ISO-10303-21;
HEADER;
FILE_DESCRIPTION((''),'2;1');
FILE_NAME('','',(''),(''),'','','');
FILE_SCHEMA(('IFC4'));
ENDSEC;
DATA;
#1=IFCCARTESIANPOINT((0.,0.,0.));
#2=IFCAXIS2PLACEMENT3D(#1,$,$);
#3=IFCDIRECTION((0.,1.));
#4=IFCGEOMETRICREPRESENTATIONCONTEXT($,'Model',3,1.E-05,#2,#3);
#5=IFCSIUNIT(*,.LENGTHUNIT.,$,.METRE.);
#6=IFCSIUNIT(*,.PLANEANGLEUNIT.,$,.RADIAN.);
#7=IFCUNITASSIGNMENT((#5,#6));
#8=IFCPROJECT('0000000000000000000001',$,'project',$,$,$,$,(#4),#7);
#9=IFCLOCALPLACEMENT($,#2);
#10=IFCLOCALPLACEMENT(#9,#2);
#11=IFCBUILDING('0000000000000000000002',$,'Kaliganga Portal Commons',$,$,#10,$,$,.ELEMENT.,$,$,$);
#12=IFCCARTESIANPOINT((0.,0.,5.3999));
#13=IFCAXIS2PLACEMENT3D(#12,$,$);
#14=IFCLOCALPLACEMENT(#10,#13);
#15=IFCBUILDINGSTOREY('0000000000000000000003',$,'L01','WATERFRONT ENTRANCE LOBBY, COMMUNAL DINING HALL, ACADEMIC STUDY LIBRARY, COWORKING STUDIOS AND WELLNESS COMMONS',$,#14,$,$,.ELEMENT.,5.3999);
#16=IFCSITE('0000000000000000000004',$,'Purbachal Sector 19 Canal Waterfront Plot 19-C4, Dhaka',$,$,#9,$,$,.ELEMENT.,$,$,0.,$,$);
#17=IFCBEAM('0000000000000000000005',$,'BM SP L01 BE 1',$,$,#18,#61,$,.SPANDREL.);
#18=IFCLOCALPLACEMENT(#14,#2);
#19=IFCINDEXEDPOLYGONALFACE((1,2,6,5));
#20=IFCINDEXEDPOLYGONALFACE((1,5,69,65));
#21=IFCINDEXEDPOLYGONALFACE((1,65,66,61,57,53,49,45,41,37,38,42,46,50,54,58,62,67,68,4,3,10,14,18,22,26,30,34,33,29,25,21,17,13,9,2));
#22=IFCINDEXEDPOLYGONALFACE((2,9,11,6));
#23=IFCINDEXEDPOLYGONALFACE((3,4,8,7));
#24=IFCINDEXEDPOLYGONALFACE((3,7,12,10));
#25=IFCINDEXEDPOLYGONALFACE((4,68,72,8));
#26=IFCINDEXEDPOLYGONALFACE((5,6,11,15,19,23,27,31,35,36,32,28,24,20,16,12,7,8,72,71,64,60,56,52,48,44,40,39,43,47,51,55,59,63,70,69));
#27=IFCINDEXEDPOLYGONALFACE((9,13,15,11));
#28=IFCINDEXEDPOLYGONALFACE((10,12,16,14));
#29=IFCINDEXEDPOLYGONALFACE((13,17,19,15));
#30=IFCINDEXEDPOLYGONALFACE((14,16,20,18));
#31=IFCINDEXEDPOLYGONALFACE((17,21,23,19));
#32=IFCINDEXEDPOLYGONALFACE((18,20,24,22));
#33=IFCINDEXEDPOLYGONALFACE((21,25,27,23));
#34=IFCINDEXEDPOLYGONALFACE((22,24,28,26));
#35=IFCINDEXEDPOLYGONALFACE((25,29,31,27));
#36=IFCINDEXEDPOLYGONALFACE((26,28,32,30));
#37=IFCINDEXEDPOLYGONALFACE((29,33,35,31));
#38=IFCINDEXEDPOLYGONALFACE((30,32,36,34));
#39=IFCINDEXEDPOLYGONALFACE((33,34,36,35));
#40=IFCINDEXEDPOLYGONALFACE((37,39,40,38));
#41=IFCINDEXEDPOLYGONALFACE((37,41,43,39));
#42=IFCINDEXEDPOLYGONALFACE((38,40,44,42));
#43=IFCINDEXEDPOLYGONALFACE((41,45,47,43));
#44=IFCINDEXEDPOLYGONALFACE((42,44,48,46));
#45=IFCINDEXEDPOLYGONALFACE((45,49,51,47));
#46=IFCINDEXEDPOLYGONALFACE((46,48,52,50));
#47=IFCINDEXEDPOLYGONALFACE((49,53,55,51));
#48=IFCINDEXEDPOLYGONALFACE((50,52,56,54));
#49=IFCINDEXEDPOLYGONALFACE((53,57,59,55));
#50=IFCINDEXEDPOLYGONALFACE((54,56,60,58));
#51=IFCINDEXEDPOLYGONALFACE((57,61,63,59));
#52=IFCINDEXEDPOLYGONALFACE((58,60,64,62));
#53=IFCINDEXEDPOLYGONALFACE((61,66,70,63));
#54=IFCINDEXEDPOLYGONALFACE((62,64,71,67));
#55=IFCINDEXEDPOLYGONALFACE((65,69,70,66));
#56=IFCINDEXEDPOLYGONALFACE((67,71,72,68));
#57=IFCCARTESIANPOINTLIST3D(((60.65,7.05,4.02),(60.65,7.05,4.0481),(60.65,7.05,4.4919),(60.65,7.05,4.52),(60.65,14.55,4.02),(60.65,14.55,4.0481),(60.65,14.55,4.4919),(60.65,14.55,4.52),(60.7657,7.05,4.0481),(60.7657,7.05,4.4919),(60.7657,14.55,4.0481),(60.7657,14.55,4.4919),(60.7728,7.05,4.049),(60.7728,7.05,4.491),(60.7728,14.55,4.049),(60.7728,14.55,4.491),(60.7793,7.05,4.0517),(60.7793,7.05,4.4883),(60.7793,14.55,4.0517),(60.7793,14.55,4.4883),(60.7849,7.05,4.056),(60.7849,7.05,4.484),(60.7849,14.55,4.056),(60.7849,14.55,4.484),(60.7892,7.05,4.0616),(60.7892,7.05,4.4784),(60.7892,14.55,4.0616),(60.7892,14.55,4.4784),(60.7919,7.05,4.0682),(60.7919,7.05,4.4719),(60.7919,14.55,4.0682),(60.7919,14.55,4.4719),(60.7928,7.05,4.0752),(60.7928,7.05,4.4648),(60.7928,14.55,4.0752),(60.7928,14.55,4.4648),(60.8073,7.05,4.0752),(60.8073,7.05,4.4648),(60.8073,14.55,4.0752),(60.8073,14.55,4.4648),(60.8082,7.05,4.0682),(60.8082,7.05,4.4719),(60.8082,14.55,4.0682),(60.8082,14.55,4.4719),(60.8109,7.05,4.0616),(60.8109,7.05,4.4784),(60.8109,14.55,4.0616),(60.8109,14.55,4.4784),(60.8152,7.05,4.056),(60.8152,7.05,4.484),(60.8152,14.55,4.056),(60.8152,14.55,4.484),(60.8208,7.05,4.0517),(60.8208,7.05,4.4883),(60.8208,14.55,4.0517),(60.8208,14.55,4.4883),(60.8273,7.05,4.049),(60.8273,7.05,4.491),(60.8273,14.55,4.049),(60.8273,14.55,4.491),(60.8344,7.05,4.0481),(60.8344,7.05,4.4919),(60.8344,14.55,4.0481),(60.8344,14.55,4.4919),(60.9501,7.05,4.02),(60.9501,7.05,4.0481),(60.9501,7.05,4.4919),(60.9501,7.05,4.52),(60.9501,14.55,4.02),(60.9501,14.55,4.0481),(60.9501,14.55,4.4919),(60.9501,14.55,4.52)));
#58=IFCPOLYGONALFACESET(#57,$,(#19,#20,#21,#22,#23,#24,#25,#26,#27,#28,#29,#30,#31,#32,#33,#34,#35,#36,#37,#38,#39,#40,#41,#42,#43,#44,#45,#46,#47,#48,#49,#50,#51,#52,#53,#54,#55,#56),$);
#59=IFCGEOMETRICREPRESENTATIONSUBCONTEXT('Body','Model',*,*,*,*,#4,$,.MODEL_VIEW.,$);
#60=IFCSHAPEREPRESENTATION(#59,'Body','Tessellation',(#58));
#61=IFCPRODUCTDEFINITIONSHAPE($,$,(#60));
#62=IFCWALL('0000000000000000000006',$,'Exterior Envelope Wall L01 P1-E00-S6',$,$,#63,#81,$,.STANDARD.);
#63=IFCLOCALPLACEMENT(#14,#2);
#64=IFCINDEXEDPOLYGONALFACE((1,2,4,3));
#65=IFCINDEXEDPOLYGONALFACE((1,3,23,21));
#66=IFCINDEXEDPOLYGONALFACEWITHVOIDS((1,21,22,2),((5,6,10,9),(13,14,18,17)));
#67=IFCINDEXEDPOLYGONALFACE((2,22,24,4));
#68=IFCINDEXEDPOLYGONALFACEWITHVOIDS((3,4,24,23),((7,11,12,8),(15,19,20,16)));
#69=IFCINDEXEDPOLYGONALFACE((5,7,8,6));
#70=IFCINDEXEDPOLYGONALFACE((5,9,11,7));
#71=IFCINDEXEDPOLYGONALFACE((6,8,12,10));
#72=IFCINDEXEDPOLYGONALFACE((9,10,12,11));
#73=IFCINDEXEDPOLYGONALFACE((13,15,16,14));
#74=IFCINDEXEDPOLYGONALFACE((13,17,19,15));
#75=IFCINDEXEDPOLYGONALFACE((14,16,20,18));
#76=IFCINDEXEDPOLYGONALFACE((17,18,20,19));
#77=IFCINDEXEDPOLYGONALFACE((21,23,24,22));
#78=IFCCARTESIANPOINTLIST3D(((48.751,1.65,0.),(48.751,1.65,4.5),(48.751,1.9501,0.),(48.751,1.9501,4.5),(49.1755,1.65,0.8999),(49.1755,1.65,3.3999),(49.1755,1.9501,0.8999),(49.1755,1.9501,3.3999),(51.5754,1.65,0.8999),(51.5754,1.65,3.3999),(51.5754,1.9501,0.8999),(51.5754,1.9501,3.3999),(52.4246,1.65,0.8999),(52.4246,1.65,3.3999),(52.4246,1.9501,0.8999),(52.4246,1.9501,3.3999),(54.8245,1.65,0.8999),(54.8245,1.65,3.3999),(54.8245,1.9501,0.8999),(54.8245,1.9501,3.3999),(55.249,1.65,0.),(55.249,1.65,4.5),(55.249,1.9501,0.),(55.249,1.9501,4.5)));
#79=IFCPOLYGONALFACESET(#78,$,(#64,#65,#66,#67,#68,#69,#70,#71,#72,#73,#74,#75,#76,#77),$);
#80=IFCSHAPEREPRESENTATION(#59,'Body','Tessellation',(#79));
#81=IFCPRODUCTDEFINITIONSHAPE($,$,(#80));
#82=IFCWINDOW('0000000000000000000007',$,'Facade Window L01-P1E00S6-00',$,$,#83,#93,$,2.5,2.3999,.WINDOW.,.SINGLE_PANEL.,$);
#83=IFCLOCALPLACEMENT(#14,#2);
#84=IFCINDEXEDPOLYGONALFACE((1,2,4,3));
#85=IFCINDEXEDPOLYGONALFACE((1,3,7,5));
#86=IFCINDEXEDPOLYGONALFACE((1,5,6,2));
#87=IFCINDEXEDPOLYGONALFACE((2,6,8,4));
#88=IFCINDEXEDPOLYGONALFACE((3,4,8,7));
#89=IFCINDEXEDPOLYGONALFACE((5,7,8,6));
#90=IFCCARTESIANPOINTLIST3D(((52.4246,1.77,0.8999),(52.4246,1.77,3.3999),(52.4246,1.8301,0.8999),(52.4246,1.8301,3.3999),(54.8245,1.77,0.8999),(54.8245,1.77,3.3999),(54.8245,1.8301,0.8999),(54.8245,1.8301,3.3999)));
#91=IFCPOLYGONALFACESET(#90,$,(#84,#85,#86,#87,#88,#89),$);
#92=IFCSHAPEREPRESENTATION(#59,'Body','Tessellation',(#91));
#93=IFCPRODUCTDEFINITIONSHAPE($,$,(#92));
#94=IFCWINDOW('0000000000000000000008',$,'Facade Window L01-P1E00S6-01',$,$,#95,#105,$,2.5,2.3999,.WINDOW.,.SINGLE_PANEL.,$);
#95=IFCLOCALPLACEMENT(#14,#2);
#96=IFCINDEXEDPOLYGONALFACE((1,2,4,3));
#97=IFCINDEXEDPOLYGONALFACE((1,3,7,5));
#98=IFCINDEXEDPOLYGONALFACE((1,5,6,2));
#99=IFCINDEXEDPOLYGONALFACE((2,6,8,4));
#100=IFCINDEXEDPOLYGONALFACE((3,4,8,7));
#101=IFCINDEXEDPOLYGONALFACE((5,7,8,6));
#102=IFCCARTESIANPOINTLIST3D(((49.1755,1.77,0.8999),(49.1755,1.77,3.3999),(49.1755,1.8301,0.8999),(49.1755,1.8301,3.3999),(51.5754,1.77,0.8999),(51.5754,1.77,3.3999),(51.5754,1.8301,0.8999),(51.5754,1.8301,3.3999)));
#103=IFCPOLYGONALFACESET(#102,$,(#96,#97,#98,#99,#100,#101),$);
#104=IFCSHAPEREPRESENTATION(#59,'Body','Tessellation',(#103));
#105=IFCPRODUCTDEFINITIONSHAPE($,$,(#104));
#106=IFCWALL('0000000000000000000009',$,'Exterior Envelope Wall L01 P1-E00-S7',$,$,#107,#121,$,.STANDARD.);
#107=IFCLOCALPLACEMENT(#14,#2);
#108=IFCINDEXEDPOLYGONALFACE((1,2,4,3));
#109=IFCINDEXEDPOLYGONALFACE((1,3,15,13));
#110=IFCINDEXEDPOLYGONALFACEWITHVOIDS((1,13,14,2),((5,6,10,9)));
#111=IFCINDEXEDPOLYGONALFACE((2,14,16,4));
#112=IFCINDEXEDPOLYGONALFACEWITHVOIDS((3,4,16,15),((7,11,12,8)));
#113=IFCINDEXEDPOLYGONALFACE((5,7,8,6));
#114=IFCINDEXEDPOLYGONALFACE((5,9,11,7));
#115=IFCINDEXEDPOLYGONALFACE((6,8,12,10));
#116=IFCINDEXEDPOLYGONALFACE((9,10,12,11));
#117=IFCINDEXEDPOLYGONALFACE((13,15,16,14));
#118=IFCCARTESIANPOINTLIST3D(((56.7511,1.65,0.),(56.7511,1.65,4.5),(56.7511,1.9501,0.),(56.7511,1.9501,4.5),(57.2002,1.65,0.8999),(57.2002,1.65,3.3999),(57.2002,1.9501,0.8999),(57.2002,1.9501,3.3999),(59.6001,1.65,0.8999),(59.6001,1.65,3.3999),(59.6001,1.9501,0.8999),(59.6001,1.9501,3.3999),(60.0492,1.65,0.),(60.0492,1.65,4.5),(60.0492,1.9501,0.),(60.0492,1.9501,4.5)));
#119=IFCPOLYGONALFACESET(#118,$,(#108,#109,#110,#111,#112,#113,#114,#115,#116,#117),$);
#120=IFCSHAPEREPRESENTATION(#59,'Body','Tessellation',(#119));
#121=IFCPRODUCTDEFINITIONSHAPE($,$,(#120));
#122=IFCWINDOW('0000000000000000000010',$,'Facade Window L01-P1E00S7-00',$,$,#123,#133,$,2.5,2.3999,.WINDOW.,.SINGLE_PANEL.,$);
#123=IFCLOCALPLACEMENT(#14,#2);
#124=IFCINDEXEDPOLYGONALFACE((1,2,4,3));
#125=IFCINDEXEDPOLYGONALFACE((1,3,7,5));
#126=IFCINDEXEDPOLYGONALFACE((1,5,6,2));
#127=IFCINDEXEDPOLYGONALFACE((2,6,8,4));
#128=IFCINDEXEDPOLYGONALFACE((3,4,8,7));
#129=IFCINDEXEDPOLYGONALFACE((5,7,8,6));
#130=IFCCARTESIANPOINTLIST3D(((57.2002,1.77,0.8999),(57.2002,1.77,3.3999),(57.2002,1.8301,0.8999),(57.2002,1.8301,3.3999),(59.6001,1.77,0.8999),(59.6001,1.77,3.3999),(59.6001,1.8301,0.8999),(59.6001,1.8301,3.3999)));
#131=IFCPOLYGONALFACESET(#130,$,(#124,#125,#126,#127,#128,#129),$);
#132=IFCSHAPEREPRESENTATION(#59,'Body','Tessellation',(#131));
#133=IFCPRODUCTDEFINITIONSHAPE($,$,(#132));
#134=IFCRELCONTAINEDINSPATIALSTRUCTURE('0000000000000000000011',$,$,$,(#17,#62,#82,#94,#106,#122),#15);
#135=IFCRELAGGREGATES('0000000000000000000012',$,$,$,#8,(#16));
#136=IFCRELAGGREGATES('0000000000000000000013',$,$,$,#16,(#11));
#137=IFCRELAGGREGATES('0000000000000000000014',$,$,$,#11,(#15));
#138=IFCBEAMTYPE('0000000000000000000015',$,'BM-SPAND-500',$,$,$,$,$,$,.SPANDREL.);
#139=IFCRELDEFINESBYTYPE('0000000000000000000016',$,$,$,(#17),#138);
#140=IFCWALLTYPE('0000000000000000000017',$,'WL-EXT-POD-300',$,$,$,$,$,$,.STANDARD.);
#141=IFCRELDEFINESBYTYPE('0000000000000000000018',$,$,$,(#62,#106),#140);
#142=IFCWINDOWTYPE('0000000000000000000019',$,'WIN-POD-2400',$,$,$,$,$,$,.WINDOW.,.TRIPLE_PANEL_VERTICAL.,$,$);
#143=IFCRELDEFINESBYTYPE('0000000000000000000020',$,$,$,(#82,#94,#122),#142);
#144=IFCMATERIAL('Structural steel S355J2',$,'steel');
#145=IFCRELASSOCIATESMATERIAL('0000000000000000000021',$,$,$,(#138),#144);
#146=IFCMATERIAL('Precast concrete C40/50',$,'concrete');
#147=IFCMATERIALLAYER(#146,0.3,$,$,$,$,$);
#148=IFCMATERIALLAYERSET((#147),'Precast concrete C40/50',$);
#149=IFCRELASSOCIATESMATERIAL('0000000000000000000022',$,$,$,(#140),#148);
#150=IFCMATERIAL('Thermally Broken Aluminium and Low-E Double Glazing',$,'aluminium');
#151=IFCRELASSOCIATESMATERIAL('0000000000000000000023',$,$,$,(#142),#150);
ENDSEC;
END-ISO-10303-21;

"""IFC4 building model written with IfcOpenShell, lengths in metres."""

from ifc_helpers import new_model, si_unit, direction, frame, frame_2d, origin, origin_2d, place, context, subcontext, project, spatial, rectangle, i_section, extrude, source, transform, mapped, material, layer, layer_set, material_profile, profile_set, type_object, element, fill, save


model = new_model("IFC4")

# Units and contexts
model_context = context("Model", 3, precision=1e-05, world=origin(), true_north=direction((0.0, 1.0)))
body_context = subcontext(model_context, "Body", "Model", "MODEL_VIEW")
ifc_project = project(units=[si_unit("LENGTHUNIT", "METRE"), si_unit("PLANEANGLEUNIT", "RADIAN")], contexts=[model_context])

# Site, building, storey
site_placement = place(None, origin())
site = spatial("IfcSite", under=ifc_project, at=site_placement, Name="Purbachal Sector 19 Canal Waterfront Plot 19-C4, Dhaka", CompositionType="ELEMENT", RefElevation=0.0)
building_placement = place(site_placement, origin())
building = spatial("IfcBuilding", under=site, at=building_placement, Name="Kaliganga Portal Commons", CompositionType="ELEMENT")
storey_placement = place(building_placement, frame((0.0, 0.0, 5.3999)))
storey = spatial("IfcBuildingStorey", under=building, at=storey_placement, Name="L01", Description="WATERFRONT ENTRANCE LOBBY, COMMUNAL DINING HALL, ACADEMIC STUDY LIBRARY, COWORKING STUDIOS AND WELLNESS COMMONS", CompositionType="ELEMENT", Elevation=5.3999)

# Beam
ifc_material_1 = material(Name="Structural steel S355J2", Category="steel")
ifc_material_profile_1 = material_profile(ifc_material_1, i_section(OverallWidth=0.3, OverallDepth=0.5, WebThickness=0.0144, FlangeThickness=0.0281, FilletRadius=0.0271, at=origin_2d()), Name="HE 500 B")
ifc_profile_set_1 = profile_set([ifc_material_profile_1], Name="Structural steel S355J2 wide-flange")
beam_type_1 = type_object("IfcBeamType", Name="BM-SPAND-500", PredefinedType="SPANDREL", material=ifc_profile_set_1)
shared_shape_1 = source(origin(), body_context, "Body", "SweptSolid", [
    extrude(i_section(OverallWidth=0.3, OverallDepth=0.5, WebThickness=0.0144, FlangeThickness=0.0281, FilletRadius=0.0271, at=origin_2d()), origin(), (0.0, 0.0, 1.0), 7.5),
])
beam_1_placement = place(storey_placement, frame((60.8, 7.05, 4.27), z_axis=(0.0, 1.0, 0.0), x_axis=(-1.0, 0.0, 0.0)))
element("IfcBeam", 1, at=beam_1_placement, inside=storey, type_object=beam_type_1, Name="BM SP L01 BE 1", PredefinedType="SPANDREL", context=body_context, shape_type="MappedRepresentation", body=[
    mapped(shared_shape_1, transform((0.0, 0.0, 0.0), x_axis=(1.0, 0.0, 0.0), y_axis=(0.0, 1.0, 0.0), z_axis=(0.0, 0.0, 1.0), scale=1.0)),
])

# Wall, openings, windows
ifc_material_2 = material(Name="Precast concrete C40/50", Category="concrete")
ifc_layer = layer(ifc_material_2, 0.3)
ifc_layer_set = layer_set([ifc_layer], Name="Precast concrete C40/50")
wall_type = type_object("IfcWallType", Name="WL-EXT-POD-300", PredefinedType="STANDARD", material=ifc_layer_set)
wall_1_placement = place(storey_placement, frame((55.249, 1.8, 0.0), z_axis=(0.0, 0.0, 1.0), x_axis=(-1.0, 0.0, 0.0)))
wall_1 = element("IfcWall", 2, at=wall_1_placement, inside=storey, type_object=wall_type, Name="Exterior Envelope Wall L01 P1-E00-S6", PredefinedType="STANDARD", context=body_context, shape_type="SweptSolid", body=[
    extrude(rectangle(XDim=6.498, YDim=0.3, at=frame_2d((3.249, 0.0))), origin(), (0.0, 0.0, 1.0), 4.5),
])
opening_1_placement = place(wall_1_placement, frame((0.4246, 0.0, 0.8999)))
opening_1 = element("IfcOpeningElement", 3, at=opening_1_placement, cuts=wall_1, PredefinedType="OPENING", context=body_context, shape_type="SweptSolid", body=[
    extrude(rectangle(XDim=2.3999, YDim=2.5, at=frame_2d((1.2, 1.25))), frame((0.0, 0.1602, 0.0), z_axis=(0.0, -1.0, 0.0), x_axis=(1.0, 0.0, 0.0)), (0.0, 0.0, 1.0), 0.3201),
])
opening_2_placement = place(wall_1_placement, frame((3.6736, 0.0, 0.8999)))
opening_2 = element("IfcOpeningElement", 4, at=opening_2_placement, cuts=wall_1, PredefinedType="OPENING", context=body_context, shape_type="SweptSolid", body=[
    extrude(rectangle(XDim=2.3999, YDim=2.5, at=frame_2d((1.2, 1.25))), frame((0.0, 0.1602, 0.0), z_axis=(0.0, -1.0, 0.0), x_axis=(1.0, 0.0, 0.0)), (0.0, 0.0, 1.0), 0.3201),
])
ifc_material_3 = material(Name="Thermally Broken Aluminium and Low-E Double Glazing", Category="aluminium")
window_type = type_object("IfcWindowType", Name="WIN-POD-2400", PartitioningType="TRIPLE_PANEL_VERTICAL", PredefinedType="WINDOW", material=ifc_material_3)
window_1_placement = place(opening_1_placement, origin())
window_1 = element("IfcWindow", 5, at=window_1_placement, inside=storey, type_object=window_type, Name="Facade Window L01-P1E00S6-00", OverallHeight=2.5, OverallWidth=2.3999, PartitioningType="SINGLE_PANEL", PredefinedType="WINDOW", context=body_context, shape_type="SweptSolid", body=[
    extrude(rectangle(XDim=2.3999, YDim=2.5, at=frame_2d((1.2, 1.25))), frame((0.0, 0.03, 0.0), z_axis=(0.0, -1.0, 0.0), x_axis=(1.0, 0.0, 0.0)), (0.0, 0.0, 1.0), 0.0601),
])
fill(opening_1, window_1)
window_2_placement = place(opening_2_placement, origin())
window_2 = element("IfcWindow", 6, at=window_2_placement, inside=storey, type_object=window_type, Name="Facade Window L01-P1E00S6-01", OverallHeight=2.5, OverallWidth=2.3999, PartitioningType="SINGLE_PANEL", PredefinedType="WINDOW", context=body_context, shape_type="SweptSolid", body=[
    extrude(rectangle(XDim=2.3999, YDim=2.5, at=frame_2d((1.2, 1.25))), frame((0.0, 0.03, 0.0), z_axis=(0.0, -1.0, 0.0), x_axis=(1.0, 0.0, 0.0)), (0.0, 0.0, 1.0), 0.0601),
])
fill(opening_2, window_2)

# Wall, opening, window
wall_2_placement = place(storey_placement, frame((60.0491, 1.8, 0.0), z_axis=(0.0, 0.0, 1.0), x_axis=(-1.0, 0.0, 0.0)))
wall_2 = element("IfcWall", 7, at=wall_2_placement, inside=storey, type_object=wall_type, Name="Exterior Envelope Wall L01 P1-E00-S7", PredefinedType="STANDARD", context=body_context, shape_type="SweptSolid", body=[
    extrude(rectangle(XDim=3.2981, YDim=0.3, at=frame_2d((1.6489, 0.0))), origin(), (0.0, 0.0, 1.0), 4.5),
])
opening_3_placement = place(wall_2_placement, frame((0.449, 0.0, 0.8999)))
opening_3 = element("IfcOpeningElement", 8, at=opening_3_placement, cuts=wall_2, PredefinedType="OPENING", context=body_context, shape_type="SweptSolid", body=[
    extrude(rectangle(XDim=2.3999, YDim=2.5, at=frame_2d((1.2, 1.25))), frame((0.0, 0.1602, 0.0), z_axis=(0.0, -1.0, 0.0), x_axis=(1.0, 0.0, 0.0)), (0.0, 0.0, 1.0), 0.3201),
])
window_3_placement = place(opening_3_placement, origin())
window_3 = element("IfcWindow", 9, at=window_3_placement, inside=storey, type_object=window_type, Name="Facade Window L01-P1E00S7-00", OverallHeight=2.5, OverallWidth=2.3999, PartitioningType="SINGLE_PANEL", PredefinedType="WINDOW", context=body_context, shape_type="SweptSolid", body=[
    extrude(rectangle(XDim=2.3999, YDim=2.5, at=frame_2d((1.2, 1.25))), frame((0.0, 0.03, 0.0), z_axis=(0.0, -1.0, 0.0), x_axis=(1.0, 0.0, 0.0)), (0.0, 0.0, 1.0), 0.0601),
])
fill(opening_3, window_3)

save(model, "model.ifc")
